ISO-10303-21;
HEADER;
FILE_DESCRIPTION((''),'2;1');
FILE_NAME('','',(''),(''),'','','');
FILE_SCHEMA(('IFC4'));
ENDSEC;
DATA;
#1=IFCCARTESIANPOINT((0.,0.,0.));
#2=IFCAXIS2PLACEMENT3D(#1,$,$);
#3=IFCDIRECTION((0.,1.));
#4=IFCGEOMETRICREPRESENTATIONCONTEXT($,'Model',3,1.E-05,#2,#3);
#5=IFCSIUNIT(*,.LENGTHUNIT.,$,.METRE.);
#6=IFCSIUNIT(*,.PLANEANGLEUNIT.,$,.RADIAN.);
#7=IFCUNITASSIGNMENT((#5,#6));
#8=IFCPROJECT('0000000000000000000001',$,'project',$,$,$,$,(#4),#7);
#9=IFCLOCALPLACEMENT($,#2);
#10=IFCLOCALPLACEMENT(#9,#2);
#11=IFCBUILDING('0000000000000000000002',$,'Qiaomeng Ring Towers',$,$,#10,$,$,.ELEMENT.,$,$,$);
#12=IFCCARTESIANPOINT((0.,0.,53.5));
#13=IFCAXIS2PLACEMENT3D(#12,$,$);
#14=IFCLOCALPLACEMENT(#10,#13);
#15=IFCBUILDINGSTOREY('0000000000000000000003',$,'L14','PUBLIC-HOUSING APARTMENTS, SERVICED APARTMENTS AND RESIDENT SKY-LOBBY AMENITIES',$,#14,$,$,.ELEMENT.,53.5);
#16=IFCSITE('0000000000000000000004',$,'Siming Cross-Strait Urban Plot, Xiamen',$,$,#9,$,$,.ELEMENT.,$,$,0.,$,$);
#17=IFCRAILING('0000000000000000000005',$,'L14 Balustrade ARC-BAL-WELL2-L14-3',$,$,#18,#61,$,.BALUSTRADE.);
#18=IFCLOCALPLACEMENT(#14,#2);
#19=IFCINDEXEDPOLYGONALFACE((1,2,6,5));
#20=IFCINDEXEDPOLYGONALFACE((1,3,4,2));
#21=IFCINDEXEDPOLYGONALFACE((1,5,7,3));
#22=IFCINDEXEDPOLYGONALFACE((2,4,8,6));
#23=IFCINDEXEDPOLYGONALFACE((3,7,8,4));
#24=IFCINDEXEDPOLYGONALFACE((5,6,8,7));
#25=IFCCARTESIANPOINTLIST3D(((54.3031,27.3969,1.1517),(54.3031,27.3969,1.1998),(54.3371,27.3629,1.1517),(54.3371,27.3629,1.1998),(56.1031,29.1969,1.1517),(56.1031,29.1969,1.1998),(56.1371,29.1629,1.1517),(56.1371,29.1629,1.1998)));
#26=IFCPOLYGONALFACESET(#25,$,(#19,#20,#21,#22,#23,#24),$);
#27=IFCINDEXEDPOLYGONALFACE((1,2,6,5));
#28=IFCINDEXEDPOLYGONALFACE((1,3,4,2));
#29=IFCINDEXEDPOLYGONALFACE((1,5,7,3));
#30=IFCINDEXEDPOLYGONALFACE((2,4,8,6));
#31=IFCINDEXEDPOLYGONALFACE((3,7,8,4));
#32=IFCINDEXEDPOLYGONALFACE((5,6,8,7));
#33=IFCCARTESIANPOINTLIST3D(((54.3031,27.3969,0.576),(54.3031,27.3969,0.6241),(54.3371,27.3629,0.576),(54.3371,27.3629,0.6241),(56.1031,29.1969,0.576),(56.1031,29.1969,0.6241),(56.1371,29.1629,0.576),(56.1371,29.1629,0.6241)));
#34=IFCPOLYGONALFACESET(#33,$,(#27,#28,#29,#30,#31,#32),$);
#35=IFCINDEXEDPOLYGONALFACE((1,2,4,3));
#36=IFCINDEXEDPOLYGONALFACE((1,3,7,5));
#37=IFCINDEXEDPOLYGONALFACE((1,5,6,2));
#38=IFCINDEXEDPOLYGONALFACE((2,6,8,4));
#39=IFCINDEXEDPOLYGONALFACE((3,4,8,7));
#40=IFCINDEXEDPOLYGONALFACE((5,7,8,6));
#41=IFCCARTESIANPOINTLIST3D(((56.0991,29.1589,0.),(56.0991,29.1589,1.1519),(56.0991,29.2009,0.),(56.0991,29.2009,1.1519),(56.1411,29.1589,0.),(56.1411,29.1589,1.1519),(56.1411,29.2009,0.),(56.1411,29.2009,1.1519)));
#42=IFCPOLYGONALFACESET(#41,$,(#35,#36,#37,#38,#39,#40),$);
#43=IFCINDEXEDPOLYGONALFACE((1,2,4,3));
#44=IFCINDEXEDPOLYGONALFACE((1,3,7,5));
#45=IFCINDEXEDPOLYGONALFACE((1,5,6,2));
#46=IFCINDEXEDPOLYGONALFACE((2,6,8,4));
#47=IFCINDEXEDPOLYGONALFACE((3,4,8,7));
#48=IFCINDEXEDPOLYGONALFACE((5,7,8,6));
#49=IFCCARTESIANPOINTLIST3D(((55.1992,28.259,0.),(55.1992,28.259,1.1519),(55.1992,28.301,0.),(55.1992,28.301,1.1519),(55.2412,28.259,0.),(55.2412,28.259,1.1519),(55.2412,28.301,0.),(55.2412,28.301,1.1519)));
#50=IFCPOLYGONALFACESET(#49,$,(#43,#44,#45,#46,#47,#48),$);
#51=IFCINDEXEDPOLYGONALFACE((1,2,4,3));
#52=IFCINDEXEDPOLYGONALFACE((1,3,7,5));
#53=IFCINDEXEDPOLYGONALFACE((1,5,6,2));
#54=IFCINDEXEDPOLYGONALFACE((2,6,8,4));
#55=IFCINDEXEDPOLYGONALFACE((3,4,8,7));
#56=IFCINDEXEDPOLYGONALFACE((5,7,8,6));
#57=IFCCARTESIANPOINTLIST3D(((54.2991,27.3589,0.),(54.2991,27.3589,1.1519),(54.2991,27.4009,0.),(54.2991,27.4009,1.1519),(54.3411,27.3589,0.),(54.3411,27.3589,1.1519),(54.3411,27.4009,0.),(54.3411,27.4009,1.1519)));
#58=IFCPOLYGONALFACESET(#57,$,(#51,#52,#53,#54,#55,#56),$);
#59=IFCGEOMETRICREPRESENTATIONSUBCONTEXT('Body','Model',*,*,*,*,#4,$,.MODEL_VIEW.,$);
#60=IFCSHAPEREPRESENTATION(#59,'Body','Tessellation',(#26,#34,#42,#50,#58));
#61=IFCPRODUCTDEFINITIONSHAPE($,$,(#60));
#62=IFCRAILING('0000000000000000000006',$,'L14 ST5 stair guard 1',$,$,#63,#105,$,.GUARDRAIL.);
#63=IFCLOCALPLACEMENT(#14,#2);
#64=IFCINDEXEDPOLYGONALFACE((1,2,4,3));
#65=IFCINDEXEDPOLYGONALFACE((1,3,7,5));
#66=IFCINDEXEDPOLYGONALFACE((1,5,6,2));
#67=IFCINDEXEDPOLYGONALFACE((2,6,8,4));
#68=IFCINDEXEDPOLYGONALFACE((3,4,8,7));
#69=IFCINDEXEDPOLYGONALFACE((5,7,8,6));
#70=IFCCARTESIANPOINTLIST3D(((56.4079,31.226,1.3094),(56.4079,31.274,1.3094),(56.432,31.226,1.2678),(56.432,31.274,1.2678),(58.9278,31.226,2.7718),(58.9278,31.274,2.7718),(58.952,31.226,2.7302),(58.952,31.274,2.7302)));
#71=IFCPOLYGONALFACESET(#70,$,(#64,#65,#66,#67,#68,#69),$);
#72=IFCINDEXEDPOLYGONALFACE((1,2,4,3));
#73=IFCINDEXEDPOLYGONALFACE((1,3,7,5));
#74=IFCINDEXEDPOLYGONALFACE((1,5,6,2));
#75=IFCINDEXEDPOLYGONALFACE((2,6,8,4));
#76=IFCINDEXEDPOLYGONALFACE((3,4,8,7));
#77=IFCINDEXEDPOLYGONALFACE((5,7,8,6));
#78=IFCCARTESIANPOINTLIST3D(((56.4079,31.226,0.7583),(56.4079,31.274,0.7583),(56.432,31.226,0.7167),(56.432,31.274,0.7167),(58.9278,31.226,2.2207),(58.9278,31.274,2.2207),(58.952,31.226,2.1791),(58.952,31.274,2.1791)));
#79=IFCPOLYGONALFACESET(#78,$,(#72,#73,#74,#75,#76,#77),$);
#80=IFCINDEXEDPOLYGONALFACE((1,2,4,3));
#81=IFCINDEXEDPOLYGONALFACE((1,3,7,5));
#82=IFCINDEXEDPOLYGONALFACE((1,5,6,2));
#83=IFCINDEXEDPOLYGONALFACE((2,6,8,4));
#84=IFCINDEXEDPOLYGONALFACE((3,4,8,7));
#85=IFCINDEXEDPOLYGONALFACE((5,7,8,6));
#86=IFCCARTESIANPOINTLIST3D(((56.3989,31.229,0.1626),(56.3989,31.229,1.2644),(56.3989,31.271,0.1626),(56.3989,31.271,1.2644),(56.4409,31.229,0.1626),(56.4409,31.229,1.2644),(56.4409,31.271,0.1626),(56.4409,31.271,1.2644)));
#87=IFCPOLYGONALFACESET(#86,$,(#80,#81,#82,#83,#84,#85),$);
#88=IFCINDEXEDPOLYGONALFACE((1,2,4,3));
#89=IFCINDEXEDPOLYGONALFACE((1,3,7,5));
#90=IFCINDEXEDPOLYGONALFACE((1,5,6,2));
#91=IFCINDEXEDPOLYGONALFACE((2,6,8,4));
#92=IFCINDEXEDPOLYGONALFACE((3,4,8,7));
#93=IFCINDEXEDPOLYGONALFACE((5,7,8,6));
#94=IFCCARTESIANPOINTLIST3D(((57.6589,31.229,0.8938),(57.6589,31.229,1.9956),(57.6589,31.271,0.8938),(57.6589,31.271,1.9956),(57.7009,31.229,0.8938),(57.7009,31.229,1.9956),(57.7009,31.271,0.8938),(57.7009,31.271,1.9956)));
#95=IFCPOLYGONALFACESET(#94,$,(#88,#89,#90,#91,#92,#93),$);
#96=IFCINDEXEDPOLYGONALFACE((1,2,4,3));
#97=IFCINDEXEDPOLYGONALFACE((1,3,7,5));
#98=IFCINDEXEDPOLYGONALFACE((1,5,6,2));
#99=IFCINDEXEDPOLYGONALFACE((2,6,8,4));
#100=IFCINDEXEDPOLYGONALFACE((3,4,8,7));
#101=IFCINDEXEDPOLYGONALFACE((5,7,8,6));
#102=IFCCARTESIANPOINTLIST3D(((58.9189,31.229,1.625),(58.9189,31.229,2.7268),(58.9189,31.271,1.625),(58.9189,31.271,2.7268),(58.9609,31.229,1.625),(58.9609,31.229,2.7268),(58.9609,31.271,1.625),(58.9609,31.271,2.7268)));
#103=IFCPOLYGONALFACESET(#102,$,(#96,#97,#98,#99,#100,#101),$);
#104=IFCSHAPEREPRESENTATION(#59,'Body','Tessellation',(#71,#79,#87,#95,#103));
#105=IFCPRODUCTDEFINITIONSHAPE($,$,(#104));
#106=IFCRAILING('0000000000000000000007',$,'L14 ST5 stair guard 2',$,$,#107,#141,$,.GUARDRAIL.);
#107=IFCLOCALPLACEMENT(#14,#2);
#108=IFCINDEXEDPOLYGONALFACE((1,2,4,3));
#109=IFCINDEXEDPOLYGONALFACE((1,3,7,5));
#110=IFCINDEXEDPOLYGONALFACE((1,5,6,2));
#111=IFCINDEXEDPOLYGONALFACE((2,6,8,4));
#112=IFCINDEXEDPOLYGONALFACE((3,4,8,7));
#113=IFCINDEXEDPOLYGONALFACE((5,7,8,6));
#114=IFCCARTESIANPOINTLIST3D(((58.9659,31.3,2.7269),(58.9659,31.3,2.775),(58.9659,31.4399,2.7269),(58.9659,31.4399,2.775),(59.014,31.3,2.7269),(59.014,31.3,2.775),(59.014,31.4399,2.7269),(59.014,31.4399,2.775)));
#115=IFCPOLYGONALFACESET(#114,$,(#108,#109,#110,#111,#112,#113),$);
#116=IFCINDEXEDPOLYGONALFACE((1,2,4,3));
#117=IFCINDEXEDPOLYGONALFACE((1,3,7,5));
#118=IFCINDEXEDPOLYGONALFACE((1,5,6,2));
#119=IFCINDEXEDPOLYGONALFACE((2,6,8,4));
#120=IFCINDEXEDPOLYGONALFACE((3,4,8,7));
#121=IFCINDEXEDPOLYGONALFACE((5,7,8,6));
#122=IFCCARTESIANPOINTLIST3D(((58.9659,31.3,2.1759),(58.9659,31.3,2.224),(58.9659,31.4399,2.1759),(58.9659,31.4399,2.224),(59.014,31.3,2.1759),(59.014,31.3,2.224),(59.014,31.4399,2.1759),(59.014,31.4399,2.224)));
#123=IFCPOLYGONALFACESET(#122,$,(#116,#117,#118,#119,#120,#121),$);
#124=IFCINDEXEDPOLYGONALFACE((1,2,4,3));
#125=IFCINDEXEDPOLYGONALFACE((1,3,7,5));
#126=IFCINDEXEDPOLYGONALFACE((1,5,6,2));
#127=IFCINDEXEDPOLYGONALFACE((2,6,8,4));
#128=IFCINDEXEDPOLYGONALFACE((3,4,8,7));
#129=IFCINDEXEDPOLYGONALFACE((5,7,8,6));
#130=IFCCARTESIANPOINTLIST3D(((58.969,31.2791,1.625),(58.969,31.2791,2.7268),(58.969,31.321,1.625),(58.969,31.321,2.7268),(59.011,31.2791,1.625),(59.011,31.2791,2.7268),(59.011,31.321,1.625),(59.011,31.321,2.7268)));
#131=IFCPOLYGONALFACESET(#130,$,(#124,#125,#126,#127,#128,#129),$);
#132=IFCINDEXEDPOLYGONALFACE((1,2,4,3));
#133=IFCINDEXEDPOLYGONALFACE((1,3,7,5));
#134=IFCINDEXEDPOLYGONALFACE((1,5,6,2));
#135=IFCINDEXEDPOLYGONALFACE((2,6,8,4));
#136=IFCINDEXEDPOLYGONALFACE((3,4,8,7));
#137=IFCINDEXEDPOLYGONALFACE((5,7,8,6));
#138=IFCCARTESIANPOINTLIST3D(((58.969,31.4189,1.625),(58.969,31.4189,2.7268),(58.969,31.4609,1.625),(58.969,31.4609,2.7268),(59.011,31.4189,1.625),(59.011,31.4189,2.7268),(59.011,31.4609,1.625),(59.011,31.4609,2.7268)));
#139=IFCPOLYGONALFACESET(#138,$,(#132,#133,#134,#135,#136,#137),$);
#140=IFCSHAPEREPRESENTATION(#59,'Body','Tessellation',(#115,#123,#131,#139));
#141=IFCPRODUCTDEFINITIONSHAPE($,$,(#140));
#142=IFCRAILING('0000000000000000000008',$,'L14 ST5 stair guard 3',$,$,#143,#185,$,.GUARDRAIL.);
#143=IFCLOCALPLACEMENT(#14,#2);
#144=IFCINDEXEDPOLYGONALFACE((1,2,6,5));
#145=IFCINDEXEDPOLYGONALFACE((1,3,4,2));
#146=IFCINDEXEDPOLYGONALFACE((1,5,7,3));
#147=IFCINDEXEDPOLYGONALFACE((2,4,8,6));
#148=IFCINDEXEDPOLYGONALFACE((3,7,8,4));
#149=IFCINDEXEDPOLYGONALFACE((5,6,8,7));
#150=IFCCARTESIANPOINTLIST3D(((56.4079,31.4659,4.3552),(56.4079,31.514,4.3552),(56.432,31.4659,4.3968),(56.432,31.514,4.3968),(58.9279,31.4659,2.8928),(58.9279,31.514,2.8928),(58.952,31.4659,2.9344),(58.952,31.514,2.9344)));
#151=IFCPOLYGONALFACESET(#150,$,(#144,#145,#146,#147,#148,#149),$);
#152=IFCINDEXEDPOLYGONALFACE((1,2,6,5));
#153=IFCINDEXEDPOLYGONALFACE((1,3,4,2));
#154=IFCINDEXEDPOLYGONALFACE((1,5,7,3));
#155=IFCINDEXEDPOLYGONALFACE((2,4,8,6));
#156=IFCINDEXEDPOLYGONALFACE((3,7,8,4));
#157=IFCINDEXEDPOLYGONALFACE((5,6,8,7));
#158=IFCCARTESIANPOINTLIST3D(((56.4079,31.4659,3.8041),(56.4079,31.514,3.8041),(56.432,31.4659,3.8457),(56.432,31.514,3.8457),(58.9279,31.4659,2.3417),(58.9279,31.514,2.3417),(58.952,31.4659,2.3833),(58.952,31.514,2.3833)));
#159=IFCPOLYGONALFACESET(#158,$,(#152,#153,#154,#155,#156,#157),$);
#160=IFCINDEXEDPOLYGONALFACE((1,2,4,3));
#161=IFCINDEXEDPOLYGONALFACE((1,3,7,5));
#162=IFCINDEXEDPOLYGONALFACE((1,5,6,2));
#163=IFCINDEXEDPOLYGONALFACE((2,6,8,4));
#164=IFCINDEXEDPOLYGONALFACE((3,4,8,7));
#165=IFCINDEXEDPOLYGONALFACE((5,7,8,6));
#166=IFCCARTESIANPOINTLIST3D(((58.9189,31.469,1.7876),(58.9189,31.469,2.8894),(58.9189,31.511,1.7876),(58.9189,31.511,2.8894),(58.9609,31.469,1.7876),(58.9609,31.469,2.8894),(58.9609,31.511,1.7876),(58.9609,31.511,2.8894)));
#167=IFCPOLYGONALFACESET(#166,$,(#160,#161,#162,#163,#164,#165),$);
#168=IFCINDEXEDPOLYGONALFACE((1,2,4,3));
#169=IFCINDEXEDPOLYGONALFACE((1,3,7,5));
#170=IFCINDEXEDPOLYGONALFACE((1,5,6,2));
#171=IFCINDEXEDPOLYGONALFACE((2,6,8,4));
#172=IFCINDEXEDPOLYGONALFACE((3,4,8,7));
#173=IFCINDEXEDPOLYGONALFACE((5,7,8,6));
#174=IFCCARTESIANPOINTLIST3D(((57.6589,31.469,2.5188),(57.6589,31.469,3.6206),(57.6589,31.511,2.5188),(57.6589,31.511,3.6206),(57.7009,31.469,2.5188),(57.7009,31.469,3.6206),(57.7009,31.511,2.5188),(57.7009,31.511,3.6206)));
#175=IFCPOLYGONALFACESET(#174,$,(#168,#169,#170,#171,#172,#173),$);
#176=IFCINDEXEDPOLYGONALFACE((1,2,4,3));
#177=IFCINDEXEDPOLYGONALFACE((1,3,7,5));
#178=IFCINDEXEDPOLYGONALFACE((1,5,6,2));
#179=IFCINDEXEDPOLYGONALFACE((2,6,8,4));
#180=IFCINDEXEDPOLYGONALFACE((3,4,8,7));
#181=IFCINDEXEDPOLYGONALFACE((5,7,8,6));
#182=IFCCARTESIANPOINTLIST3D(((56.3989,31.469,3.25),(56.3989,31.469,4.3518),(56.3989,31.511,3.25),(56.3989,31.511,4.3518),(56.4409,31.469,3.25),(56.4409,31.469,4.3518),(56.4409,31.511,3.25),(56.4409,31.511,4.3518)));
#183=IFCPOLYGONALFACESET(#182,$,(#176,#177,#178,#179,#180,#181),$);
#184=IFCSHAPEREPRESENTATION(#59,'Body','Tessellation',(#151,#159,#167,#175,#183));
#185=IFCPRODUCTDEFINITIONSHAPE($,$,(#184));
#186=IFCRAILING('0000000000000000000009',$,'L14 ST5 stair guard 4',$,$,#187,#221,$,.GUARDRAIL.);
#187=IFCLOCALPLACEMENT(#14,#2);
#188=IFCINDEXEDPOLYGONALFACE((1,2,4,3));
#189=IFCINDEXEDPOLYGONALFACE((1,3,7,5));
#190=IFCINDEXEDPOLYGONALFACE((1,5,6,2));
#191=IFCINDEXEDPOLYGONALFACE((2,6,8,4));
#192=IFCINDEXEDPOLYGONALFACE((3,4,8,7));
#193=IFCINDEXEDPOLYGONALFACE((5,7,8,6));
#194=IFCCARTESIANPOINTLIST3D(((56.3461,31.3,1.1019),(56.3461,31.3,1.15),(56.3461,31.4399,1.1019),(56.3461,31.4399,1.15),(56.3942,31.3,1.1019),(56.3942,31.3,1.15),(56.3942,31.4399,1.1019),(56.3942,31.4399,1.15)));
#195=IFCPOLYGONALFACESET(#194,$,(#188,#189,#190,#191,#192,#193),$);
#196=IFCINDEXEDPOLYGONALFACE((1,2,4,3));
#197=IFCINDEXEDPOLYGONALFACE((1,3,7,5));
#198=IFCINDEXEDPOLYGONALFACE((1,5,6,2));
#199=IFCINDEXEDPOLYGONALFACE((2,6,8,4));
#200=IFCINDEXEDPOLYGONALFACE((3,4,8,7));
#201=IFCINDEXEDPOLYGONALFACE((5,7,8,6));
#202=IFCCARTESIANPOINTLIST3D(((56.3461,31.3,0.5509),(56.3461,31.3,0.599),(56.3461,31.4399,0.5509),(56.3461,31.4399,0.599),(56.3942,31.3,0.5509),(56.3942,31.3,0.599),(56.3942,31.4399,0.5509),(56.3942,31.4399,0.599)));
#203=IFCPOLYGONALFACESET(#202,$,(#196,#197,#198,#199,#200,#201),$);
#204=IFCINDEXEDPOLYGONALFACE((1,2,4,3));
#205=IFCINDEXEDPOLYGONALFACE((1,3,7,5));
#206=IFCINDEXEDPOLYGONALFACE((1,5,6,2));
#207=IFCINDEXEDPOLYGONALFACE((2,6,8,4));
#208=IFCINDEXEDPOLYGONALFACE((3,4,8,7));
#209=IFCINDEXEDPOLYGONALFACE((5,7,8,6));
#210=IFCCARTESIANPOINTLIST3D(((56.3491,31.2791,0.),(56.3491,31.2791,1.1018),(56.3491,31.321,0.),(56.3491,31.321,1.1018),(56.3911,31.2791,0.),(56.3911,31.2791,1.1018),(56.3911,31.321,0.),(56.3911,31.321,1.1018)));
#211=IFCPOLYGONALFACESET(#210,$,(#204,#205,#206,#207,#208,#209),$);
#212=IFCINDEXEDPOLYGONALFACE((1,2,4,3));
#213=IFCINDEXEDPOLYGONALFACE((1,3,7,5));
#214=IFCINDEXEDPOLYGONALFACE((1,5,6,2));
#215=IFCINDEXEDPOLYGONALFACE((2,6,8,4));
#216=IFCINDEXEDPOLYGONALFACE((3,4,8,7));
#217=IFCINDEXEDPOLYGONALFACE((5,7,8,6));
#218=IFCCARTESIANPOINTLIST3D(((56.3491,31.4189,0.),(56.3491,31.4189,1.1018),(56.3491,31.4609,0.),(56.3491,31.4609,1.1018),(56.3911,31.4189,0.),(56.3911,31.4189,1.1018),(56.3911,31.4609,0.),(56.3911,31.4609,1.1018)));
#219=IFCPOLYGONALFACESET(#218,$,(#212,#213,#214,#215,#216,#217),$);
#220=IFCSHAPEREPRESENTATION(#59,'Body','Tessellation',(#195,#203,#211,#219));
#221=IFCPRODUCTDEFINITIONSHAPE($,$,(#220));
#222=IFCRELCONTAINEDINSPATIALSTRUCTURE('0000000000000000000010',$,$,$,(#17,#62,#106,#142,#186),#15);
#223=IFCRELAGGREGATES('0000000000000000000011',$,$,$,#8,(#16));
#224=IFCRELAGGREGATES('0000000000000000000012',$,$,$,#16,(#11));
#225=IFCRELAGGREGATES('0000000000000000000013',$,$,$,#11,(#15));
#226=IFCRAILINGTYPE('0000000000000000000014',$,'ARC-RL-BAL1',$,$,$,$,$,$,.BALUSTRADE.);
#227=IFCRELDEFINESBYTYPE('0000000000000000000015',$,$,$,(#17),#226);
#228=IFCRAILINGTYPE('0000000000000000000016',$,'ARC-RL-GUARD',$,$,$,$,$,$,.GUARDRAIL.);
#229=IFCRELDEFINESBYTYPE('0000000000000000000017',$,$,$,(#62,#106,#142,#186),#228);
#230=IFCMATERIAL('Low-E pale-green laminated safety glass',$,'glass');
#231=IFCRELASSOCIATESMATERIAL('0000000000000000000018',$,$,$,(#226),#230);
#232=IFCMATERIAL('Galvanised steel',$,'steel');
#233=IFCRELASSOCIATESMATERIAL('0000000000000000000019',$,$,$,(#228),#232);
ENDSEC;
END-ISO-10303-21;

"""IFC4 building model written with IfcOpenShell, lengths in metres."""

from ifc_helpers import new_model, si_unit, direction, frame, origin, origin_2d, place, context, subcontext, project, spatial, rectangle, extrude, material, type_object, element, save


model = new_model("IFC4")

# Units and contexts
model_context = context("Model", 3, precision=1e-05, world=origin(), true_north=direction((0.0, 1.0)))
body_context = subcontext(model_context, "Body", "Model", "MODEL_VIEW")
ifc_project = project(units=[si_unit("LENGTHUNIT", "METRE"), si_unit("PLANEANGLEUNIT", "RADIAN")], contexts=[model_context])

# Site, building, storey
site_placement = place(None, origin())
site = spatial("IfcSite", under=ifc_project, at=site_placement, Name="Siming Cross-Strait Urban Plot, Xiamen", CompositionType="ELEMENT", RefElevation=0.0)
building_placement = place(site_placement, origin())
building = spatial("IfcBuilding", under=site, at=building_placement, Name="Qiaomeng Ring Towers", CompositionType="ELEMENT")
storey_placement = place(building_placement, frame((0.0, 0.0, 53.5)))
storey = spatial("IfcBuildingStorey", under=building, at=storey_placement, Name="L14", Description="PUBLIC-HOUSING APARTMENTS, SERVICED APARTMENTS AND RESIDENT SKY-LOBBY AMENITIES", CompositionType="ELEMENT", Elevation=53.5)

# Railings
ifc_material_1 = material(Name="Low-E pale-green laminated safety glass", Category="glass")
railing_type_1 = type_object("IfcRailingType", Name="ARC-RL-BAL1", PredefinedType="BALUSTRADE", material=ifc_material_1)
railing_1_placement = place(storey_placement, frame((56.1201, 29.1799, 0.0)))
element("IfcRailing", 1, at=railing_1_placement, inside=storey, type_object=railing_type_1, Name="L14 Balustrade ARC-BAL-WELL2-L14-3", PredefinedType="BALUSTRADE", context=body_context, shape_type="SweptSolid", body=[
    extrude(rectangle(XDim=0.0481, YDim=0.0481, at=origin_2d()), frame((0.0, 0.0, 1.1758), z_axis=(-0.707107, -0.707107, 0.0), x_axis=(0.707107, -0.707107, 0.0)), (0.0, 0.0, 1.0), 2.5457),
    extrude(rectangle(XDim=0.0481, YDim=0.0481, at=origin_2d()), frame((0.0, 0.0, 0.6001), z_axis=(-0.707107, -0.707107, 0.0), x_axis=(0.707107, -0.707107, 0.0)), (0.0, 0.0, 1.0), 2.5457),
    extrude(rectangle(XDim=0.042, YDim=0.042, at=origin_2d()), origin(), (0.0, 0.0, 1.0), 1.1519),
    extrude(rectangle(XDim=0.042, YDim=0.042, at=origin_2d()), frame((-0.8999, -0.8999, 0.0)), (0.0, 0.0, 1.0), 1.1519),
    extrude(rectangle(XDim=0.042, YDim=0.042, at=origin_2d()), frame((-1.8, -1.8, 0.0)), (0.0, 0.0, 1.0), 1.1519),
])
ifc_material_2 = material(Name="Galvanised steel", Category="steel")
railing_type_2 = type_object("IfcRailingType", Name="ARC-RL-GUARD", PredefinedType="GUARDRAIL", material=ifc_material_2)
railing_2_placement = place(storey_placement, frame((56.4199, 31.25, 0.1626)))
element("IfcRailing", 2, at=railing_2_placement, inside=storey, type_object=railing_type_2, Name="L14 ST5 stair guard 1", PredefinedType="GUARDRAIL", context=body_context, shape_type="SweptSolid", body=[
    extrude(rectangle(XDim=0.0481, YDim=0.0481, at=origin_2d()), frame((0.0, 0.0, 1.126), z_axis=(0.864913, 0.0, 0.501921), x_axis=(0.0, 1.0, 0.0)), (0.0, 0.0, 1.0), 2.9136),
    extrude(rectangle(XDim=0.0481, YDim=0.0481, at=origin_2d()), frame((0.0, 0.0, 0.575), z_axis=(0.864913, 0.0, 0.501921), x_axis=(0.0, 1.0, 0.0)), (0.0, 0.0, 1.0), 2.9136),
    extrude(rectangle(XDim=0.042, YDim=0.042, at=origin_2d()), origin(), (0.0, 0.0, 1.0), 1.1018),
    extrude(rectangle(XDim=0.042, YDim=0.042, at=origin_2d()), frame((1.26, 0.0, 0.7312)), (0.0, 0.0, 1.0), 1.1018),
    extrude(rectangle(XDim=0.042, YDim=0.042, at=origin_2d()), frame((2.52, 0.0, 1.4624)), (0.0, 0.0, 1.0), 1.1018),
])
railing_3_placement = place(storey_placement, frame((58.99, 31.3, 1.625)))
element("IfcRailing", 3, at=railing_3_placement, inside=storey, type_object=railing_type_2, Name="L14 ST5 stair guard 2", PredefinedType="GUARDRAIL", context=body_context, shape_type="SweptSolid", body=[
    extrude(rectangle(XDim=0.0481, YDim=0.0481, at=origin_2d()), frame((0.0, 0.0, 1.126), z_axis=(0.0, 1.0, 0.0), x_axis=(-1.0, 0.0, 0.0)), (0.0, 0.0, 1.0), 0.1399),
    extrude(rectangle(XDim=0.0481, YDim=0.0481, at=origin_2d()), frame((0.0, 0.0, 0.575), z_axis=(0.0, 1.0, 0.0), x_axis=(-1.0, 0.0, 0.0)), (0.0, 0.0, 1.0), 0.1399),
    extrude(rectangle(XDim=0.042, YDim=0.042, at=origin_2d()), origin(), (0.0, 0.0, 1.0), 1.1018),
    extrude(rectangle(XDim=0.042, YDim=0.042, at=origin_2d()), frame((0.0, 0.1399, 0.0)), (0.0, 0.0, 1.0), 1.1018),
])
railing_4_placement = place(storey_placement, frame((58.9399, 31.49, 1.7876)))
element("IfcRailing", 4, at=railing_4_placement, inside=storey, type_object=railing_type_2, Name="L14 ST5 stair guard 3", PredefinedType="GUARDRAIL", context=body_context, shape_type="SweptSolid", body=[
    extrude(rectangle(XDim=0.0481, YDim=0.0481, at=origin_2d()), frame((0.0, 0.0, 1.126), z_axis=(-0.864913, 0.0, 0.501921), x_axis=(0.0, -1.0, 0.0)), (0.0, 0.0, 1.0), 2.9136),
    extrude(rectangle(XDim=0.0481, YDim=0.0481, at=origin_2d()), frame((0.0, 0.0, 0.575), z_axis=(-0.864913, 0.0, 0.501921), x_axis=(0.0, -1.0, 0.0)), (0.0, 0.0, 1.0), 2.9136),
    extrude(rectangle(XDim=0.042, YDim=0.042, at=origin_2d()), origin(), (0.0, 0.0, 1.0), 1.1018),
    extrude(rectangle(XDim=0.042, YDim=0.042, at=origin_2d()), frame((-1.26, 0.0, 0.7312)), (0.0, 0.0, 1.0), 1.1018),
    extrude(rectangle(XDim=0.042, YDim=0.042, at=origin_2d()), frame((-2.52, 0.0, 1.4624)), (0.0, 0.0, 1.0), 1.1018),
])
railing_5_placement = place(storey_placement, frame((56.3701, 31.3, 0.0)))
element("IfcRailing", 5, at=railing_5_placement, inside=storey, type_object=railing_type_2, Name="L14 ST5 stair guard 4", PredefinedType="GUARDRAIL", context=body_context, shape_type="SweptSolid", body=[
    extrude(rectangle(XDim=0.0481, YDim=0.0481, at=origin_2d()), frame((0.0, 0.0, 1.126), z_axis=(0.0, 1.0, 0.0), x_axis=(-1.0, 0.0, 0.0)), (0.0, 0.0, 1.0), 0.1399),
    extrude(rectangle(XDim=0.0481, YDim=0.0481, at=origin_2d()), frame((0.0, 0.0, 0.575), z_axis=(0.0, 1.0, 0.0), x_axis=(-1.0, 0.0, 0.0)), (0.0, 0.0, 1.0), 0.1399),
    extrude(rectangle(XDim=0.042, YDim=0.042, at=origin_2d()), origin(), (0.0, 0.0, 1.0), 1.1018),
    extrude(rectangle(XDim=0.042, YDim=0.042, at=origin_2d()), frame((0.0, 0.1399, 0.0)), (0.0, 0.0, 1.0), 1.1018),
])

save(model, "model.ifc")
